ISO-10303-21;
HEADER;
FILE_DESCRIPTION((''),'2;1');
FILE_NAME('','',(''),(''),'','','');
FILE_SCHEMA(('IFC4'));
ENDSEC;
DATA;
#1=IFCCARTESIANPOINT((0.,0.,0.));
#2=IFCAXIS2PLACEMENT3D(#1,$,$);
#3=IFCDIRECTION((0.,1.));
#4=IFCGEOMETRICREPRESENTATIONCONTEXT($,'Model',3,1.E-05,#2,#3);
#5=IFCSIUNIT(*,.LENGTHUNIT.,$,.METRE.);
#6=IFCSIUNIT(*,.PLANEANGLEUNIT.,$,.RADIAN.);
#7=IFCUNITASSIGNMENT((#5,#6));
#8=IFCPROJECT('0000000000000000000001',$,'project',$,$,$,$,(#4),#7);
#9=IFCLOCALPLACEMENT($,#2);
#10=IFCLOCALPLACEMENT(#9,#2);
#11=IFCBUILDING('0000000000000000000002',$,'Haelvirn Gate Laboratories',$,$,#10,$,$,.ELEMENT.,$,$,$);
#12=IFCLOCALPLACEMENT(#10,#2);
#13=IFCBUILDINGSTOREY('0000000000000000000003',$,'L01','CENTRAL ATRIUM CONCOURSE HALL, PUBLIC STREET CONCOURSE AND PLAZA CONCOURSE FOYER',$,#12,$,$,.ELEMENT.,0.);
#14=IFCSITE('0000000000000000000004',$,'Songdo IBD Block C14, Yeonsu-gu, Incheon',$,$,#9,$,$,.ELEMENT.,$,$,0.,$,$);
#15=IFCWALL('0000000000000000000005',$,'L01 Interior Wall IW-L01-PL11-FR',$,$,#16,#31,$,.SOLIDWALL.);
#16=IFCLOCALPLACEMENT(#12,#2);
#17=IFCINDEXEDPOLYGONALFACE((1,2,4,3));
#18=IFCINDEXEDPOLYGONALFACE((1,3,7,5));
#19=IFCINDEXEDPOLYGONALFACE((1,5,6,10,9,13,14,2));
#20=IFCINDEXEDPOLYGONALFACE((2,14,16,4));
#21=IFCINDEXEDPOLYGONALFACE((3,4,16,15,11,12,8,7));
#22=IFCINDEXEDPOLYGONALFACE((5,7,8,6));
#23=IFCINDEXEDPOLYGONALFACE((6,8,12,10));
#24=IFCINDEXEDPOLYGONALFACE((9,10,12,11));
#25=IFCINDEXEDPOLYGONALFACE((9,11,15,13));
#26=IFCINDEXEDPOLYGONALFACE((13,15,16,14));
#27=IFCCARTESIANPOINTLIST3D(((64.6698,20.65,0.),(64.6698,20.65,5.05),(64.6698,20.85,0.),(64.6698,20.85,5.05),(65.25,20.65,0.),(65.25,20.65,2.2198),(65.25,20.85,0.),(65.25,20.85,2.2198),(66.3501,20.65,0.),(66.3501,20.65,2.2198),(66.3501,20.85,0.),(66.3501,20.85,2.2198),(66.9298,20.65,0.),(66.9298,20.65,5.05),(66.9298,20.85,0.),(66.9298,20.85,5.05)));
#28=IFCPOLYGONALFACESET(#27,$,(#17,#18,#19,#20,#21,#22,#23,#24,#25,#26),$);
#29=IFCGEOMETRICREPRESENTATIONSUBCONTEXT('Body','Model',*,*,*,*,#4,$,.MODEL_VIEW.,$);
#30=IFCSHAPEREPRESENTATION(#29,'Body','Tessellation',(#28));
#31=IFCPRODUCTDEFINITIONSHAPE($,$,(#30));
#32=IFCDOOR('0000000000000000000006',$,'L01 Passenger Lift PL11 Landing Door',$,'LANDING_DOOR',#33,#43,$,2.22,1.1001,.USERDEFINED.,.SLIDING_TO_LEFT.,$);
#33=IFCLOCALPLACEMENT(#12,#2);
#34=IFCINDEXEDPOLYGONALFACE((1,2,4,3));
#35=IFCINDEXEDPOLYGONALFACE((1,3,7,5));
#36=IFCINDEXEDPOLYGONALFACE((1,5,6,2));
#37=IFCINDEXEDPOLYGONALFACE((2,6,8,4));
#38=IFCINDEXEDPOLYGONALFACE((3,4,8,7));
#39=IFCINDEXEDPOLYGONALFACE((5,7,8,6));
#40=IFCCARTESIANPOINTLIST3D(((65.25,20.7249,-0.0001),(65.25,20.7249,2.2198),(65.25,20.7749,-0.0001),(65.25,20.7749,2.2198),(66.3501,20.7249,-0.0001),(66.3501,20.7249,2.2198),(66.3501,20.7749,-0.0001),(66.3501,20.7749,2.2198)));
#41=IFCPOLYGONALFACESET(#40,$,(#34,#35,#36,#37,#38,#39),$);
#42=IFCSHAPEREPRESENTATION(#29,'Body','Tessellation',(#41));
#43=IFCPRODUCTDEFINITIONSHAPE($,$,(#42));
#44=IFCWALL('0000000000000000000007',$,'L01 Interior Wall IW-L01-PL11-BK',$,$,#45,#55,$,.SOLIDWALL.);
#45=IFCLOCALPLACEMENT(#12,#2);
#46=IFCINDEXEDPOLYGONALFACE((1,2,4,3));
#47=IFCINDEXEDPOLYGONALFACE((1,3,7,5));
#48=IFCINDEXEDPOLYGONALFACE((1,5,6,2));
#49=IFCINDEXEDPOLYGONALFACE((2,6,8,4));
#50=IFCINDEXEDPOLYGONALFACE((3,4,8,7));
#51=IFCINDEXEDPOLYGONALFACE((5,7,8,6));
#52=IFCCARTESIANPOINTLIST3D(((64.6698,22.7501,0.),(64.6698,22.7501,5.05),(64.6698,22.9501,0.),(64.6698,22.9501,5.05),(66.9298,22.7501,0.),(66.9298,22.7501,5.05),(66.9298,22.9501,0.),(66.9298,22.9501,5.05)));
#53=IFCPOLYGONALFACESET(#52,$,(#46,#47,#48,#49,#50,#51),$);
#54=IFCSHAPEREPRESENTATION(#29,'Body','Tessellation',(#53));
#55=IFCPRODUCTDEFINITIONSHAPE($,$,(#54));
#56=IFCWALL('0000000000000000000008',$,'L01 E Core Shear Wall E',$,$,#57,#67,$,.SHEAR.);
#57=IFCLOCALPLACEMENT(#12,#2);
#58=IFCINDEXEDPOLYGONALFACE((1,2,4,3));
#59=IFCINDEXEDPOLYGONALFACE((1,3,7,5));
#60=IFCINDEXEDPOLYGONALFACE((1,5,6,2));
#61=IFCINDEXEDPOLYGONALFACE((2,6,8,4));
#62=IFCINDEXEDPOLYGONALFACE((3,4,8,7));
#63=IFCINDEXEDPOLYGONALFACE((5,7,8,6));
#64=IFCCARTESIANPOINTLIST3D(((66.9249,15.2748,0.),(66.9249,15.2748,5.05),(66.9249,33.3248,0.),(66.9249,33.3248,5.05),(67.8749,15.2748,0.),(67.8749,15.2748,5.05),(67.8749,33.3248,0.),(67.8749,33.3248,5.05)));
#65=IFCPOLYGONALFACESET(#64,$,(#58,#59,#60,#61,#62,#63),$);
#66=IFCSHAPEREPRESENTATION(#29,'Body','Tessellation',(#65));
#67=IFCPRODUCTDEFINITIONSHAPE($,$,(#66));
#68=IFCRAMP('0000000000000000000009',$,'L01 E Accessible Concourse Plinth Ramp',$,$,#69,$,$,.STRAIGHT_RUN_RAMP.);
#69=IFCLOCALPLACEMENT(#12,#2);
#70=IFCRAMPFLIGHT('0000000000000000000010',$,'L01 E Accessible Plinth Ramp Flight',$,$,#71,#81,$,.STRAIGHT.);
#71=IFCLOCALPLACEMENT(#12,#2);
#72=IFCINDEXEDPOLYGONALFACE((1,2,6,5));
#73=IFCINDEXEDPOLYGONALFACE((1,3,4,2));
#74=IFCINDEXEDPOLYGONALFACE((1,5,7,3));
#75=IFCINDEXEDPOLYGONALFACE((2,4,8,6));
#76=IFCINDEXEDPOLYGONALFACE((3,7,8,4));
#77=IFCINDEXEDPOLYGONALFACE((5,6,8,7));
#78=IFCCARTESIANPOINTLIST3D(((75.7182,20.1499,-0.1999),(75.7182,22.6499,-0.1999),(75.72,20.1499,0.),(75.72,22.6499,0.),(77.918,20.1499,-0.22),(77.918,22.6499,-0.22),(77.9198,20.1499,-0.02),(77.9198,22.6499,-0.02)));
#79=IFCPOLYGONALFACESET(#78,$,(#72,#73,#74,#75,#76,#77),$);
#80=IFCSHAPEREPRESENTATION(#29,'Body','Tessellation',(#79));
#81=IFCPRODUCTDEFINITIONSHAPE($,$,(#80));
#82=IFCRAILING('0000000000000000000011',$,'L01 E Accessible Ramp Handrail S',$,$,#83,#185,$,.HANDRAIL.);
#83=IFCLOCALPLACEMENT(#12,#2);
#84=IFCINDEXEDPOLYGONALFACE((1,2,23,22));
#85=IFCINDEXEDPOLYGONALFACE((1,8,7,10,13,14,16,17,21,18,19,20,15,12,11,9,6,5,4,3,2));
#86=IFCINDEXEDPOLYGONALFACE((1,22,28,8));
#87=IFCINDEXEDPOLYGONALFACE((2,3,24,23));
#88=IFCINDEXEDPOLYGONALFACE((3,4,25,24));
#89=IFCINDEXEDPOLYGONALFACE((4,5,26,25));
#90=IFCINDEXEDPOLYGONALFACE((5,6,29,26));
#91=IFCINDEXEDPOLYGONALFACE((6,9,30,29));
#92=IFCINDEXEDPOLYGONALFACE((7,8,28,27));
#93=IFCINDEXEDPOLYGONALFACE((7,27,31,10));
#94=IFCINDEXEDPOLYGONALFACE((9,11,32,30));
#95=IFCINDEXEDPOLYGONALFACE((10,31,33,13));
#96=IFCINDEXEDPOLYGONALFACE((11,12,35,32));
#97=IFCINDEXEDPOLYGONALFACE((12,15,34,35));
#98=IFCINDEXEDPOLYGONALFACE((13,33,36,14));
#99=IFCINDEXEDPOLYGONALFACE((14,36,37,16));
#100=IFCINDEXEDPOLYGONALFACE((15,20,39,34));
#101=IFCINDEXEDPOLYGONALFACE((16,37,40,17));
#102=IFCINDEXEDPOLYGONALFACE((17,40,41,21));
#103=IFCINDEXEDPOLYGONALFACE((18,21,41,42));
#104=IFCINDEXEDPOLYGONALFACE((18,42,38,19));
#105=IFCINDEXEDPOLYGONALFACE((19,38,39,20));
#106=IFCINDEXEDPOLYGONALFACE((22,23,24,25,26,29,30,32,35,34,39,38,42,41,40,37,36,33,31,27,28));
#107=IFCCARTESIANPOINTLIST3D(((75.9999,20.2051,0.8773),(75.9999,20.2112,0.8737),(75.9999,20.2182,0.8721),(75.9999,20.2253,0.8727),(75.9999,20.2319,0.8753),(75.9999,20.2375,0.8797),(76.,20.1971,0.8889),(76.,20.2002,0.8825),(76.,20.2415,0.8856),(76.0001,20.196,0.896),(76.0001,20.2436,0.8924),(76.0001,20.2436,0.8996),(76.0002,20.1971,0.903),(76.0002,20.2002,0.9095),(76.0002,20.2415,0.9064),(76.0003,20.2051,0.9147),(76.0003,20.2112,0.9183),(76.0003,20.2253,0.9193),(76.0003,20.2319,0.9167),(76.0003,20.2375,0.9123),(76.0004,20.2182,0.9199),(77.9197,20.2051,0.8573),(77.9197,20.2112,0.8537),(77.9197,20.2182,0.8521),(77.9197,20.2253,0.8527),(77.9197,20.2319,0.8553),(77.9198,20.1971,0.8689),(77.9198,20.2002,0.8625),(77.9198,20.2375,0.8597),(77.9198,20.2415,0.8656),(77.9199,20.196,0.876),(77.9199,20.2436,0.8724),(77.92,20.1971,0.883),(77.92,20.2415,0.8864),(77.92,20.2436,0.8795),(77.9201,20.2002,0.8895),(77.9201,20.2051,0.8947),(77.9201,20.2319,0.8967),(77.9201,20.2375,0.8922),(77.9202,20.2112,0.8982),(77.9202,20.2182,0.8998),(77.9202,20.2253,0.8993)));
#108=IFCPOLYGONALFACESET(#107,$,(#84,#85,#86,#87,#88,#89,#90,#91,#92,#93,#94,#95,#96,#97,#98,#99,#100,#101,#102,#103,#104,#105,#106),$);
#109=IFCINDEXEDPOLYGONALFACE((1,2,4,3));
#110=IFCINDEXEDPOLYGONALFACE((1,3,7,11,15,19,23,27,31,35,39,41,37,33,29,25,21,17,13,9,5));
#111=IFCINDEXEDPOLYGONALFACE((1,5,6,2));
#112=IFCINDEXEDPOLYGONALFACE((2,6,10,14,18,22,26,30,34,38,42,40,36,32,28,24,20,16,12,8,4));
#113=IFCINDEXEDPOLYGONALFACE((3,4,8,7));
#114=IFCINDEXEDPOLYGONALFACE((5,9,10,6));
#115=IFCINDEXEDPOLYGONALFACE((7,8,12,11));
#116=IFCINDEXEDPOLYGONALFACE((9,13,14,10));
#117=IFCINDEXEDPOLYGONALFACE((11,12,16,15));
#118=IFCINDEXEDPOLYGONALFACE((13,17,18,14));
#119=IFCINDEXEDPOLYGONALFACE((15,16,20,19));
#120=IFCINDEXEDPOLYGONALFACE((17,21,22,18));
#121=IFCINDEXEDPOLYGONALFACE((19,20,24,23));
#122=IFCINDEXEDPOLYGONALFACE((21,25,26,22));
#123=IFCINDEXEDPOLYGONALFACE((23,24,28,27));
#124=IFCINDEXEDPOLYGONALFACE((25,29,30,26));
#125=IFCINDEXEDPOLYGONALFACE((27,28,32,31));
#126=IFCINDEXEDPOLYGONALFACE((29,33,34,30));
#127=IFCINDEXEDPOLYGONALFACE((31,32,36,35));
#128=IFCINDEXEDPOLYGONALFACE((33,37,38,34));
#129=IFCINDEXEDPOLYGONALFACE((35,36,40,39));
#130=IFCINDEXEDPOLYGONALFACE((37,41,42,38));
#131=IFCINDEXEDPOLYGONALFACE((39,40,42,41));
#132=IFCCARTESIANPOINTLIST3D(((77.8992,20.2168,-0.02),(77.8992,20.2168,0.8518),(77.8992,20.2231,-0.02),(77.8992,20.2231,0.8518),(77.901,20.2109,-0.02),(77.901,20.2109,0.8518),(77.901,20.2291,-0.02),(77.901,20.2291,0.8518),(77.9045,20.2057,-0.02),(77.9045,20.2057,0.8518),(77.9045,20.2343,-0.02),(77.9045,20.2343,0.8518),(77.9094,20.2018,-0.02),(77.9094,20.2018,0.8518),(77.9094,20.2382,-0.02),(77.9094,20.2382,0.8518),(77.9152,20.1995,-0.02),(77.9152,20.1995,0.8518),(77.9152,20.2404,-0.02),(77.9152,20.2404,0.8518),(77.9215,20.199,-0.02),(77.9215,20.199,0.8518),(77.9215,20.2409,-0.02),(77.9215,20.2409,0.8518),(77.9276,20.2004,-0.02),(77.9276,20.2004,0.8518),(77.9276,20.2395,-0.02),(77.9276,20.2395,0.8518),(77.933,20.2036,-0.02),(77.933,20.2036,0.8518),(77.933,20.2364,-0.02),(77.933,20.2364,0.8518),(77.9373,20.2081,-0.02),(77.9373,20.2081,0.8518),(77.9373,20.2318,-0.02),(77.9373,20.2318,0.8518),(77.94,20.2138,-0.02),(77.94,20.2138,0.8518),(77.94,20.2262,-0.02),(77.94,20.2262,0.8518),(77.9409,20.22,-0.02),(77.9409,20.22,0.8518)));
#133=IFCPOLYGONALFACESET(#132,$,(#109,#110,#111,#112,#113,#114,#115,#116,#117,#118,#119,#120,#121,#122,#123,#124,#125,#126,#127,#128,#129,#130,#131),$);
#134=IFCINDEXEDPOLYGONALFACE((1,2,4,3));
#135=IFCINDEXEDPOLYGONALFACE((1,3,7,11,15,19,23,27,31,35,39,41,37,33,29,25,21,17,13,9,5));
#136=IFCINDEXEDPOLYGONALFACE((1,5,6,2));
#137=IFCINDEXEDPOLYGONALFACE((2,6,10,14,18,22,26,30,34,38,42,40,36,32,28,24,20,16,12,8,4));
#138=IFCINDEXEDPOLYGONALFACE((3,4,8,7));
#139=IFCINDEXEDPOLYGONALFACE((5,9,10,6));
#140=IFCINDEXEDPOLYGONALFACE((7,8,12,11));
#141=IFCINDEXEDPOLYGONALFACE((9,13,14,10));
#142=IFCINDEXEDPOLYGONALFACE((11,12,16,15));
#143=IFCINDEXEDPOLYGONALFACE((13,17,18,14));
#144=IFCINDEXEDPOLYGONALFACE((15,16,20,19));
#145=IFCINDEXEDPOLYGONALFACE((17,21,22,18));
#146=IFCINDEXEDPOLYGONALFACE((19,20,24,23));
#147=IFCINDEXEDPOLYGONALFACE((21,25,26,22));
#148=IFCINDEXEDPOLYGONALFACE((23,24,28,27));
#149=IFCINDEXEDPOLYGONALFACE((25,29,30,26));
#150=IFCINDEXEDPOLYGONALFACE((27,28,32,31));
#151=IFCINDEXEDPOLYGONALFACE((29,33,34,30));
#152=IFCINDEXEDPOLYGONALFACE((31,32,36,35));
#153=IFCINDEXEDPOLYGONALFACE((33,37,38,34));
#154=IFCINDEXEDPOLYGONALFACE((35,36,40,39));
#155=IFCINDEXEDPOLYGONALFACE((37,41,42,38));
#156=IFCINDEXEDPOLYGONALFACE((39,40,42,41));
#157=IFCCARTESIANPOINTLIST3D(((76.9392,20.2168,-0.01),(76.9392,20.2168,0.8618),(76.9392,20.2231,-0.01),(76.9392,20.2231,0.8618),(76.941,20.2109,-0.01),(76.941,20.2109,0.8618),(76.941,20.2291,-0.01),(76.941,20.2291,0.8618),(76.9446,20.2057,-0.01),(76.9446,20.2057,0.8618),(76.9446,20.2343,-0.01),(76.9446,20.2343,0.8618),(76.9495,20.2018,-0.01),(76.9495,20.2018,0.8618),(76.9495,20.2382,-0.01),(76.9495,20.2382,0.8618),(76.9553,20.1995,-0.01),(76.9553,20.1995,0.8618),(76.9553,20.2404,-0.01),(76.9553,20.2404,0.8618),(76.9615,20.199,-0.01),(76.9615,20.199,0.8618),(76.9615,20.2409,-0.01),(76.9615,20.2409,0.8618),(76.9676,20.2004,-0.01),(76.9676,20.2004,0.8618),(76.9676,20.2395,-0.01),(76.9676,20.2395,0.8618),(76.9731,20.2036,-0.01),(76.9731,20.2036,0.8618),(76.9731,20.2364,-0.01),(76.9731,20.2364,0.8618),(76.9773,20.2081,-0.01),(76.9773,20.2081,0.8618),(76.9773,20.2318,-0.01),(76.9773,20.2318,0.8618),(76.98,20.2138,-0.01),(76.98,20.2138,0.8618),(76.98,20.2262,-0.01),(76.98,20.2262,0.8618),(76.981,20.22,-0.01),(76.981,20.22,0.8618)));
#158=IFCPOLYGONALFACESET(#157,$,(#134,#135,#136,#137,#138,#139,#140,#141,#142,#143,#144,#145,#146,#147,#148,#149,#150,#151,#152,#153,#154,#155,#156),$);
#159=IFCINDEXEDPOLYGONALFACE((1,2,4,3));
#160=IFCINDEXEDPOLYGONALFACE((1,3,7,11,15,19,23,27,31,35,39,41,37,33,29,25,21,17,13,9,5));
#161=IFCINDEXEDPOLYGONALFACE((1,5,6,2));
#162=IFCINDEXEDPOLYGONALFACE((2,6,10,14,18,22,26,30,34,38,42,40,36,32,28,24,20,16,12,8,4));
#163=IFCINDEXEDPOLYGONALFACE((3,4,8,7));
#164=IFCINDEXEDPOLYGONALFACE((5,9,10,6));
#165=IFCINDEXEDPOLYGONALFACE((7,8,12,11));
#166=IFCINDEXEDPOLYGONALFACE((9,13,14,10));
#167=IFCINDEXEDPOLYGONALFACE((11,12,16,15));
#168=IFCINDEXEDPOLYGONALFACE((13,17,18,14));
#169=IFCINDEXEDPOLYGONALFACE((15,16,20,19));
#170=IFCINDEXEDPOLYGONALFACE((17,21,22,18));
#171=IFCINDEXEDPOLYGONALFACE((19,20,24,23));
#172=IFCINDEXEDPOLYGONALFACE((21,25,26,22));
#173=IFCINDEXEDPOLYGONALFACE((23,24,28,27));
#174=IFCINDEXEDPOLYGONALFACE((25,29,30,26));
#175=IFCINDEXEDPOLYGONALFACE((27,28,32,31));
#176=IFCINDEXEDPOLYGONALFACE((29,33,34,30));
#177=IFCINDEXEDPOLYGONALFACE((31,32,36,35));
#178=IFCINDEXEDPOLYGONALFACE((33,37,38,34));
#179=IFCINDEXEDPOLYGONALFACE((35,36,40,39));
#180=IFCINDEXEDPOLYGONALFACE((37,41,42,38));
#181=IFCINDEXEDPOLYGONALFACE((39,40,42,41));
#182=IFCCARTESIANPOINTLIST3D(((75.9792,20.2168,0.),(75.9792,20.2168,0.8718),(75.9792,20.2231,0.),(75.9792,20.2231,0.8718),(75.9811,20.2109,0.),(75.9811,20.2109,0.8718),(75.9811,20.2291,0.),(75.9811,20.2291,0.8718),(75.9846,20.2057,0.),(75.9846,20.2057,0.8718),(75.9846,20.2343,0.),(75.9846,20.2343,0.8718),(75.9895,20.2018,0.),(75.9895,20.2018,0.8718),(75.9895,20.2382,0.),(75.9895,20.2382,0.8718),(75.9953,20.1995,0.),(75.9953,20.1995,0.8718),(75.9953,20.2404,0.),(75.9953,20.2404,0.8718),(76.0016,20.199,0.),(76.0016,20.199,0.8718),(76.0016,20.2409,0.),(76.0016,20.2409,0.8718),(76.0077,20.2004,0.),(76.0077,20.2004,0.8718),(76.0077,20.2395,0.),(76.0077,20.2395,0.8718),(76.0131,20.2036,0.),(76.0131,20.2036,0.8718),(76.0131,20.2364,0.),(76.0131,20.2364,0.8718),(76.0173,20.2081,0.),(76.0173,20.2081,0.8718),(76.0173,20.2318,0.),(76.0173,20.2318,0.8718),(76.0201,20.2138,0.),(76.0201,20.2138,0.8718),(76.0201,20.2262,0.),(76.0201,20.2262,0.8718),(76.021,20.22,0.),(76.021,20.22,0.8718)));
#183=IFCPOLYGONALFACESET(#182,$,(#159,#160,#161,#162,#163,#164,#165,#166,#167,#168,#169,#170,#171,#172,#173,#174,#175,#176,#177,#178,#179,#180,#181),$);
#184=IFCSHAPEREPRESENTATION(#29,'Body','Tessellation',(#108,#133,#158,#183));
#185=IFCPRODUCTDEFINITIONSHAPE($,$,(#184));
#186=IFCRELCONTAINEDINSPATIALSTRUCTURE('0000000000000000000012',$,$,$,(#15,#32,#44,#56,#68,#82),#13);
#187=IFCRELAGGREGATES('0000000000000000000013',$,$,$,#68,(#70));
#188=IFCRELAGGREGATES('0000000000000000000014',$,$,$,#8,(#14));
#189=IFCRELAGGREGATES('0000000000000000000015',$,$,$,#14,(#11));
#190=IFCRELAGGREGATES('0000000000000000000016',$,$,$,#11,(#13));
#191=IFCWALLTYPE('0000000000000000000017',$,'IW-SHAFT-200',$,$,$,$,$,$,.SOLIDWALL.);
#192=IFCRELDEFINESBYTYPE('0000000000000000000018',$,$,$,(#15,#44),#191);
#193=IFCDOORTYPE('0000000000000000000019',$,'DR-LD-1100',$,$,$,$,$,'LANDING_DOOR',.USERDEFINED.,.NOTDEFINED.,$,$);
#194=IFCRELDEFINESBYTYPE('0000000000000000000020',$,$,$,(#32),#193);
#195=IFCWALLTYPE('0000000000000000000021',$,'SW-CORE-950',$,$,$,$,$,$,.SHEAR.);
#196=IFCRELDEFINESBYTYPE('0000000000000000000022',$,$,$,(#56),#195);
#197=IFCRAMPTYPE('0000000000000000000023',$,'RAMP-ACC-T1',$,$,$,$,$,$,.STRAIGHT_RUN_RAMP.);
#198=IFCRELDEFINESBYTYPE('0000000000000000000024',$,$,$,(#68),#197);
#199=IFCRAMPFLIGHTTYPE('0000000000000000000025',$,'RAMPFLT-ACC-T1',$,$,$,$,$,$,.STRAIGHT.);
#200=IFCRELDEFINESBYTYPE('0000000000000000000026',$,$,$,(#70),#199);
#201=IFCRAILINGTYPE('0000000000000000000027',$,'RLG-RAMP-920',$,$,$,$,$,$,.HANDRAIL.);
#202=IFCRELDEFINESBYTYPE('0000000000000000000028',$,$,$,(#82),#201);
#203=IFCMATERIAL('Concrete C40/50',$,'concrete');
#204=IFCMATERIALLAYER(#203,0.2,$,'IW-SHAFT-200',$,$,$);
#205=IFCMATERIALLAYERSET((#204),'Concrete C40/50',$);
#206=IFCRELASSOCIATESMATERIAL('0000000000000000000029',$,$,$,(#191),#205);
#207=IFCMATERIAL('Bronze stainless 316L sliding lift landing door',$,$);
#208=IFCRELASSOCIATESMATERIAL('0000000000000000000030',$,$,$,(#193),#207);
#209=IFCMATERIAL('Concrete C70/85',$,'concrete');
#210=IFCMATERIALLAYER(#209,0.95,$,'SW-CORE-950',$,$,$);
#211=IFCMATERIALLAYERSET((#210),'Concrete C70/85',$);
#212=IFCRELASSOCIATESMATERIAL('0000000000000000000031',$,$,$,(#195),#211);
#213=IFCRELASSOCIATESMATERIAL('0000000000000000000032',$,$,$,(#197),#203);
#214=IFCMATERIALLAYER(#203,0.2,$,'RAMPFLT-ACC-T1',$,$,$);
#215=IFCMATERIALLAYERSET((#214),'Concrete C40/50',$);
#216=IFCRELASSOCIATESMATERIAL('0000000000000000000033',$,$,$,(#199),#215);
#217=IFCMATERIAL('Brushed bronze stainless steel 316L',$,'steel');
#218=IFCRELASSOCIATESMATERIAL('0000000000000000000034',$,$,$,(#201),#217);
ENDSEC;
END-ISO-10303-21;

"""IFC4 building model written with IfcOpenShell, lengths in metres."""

from ifc_helpers import new_model, si_unit, direction, frame, frame_2d, origin, origin_2d, place, context, subcontext, project, spatial, polyline, rectangle, circle, outline, extrude, source, transform, mapped, material, layer, layer_set, type_object, type_shapes, element, fill, aggregate, save


model = new_model("IFC4")

# Units and contexts
model_context = context("Model", 3, precision=1e-05, world=origin(), true_north=direction((0.0, 1.0)))
body_context = subcontext(model_context, "Body", "Model", "MODEL_VIEW")
ifc_project = project(units=[si_unit("LENGTHUNIT", "METRE"), si_unit("PLANEANGLEUNIT", "RADIAN")], contexts=[model_context])

# Site, building, storey
site_placement = place(None, origin())
site = spatial("IfcSite", under=ifc_project, at=site_placement, Name="Songdo IBD Block C14, Yeonsu-gu, Incheon", CompositionType="ELEMENT", RefElevation=0.0)
building_placement = place(site_placement, origin())
building = spatial("IfcBuilding", under=site, at=building_placement, Name="Haelvirn Gate Laboratories", CompositionType="ELEMENT")
storey_placement = place(building_placement, origin())
storey = spatial("IfcBuildingStorey", under=building, at=storey_placement, Name="L01", Description="CENTRAL ATRIUM CONCOURSE HALL, PUBLIC STREET CONCOURSE AND PLAZA CONCOURSE FOYER", CompositionType="ELEMENT", Elevation=0.0)

# Shared definitions
ifc_material_1 = material(Name="Concrete C70/85", Category="concrete")

# Shared definitions
ifc_material_2 = material(Name="Concrete C40/50", Category="concrete")

# Shared definitions
ifc_layer_1 = layer(ifc_material_2, 0.2, Name="IW-SHAFT-200")
ifc_layer_set_1 = layer_set([ifc_layer_1], Name="Concrete C40/50")
wall_type_1 = type_object("IfcWallType", Name="IW-SHAFT-200", PredefinedType="SOLIDWALL", material=ifc_layer_set_1)
ifc_material_3 = material(Name="Bronze stainless 316L sliding lift landing door")
door_type_1 = type_object("IfcDoorType", Name="DR-LD-1100", ElementType="LANDING_DOOR", OperationType="NOTDEFINED", PredefinedType="USERDEFINED", material=ifc_material_3)
shared_shape_1 = source(origin(), body_context, "Body", "SweptSolid", [
    extrude(rectangle(XDim=1.1001, YDim=2.22, at=frame_2d((0.55, 1.1099))), frame((0.0, 0.0249, 0.0), z_axis=(0.0, -1.0, 0.0), x_axis=(1.0, 0.0, 0.0)), (0.0, 0.0, 1.0), 0.05),
])
type_shapes(door_type_1, [shared_shape_1])

# Wall, opening, door
wall_1_placement = place(storey_placement, frame((64.6699, 20.75, 0.0), z_axis=(0.0, 0.0, 1.0), x_axis=(1.0, 0.0, 0.0)))
wall_1 = element("IfcWall", 1, at=wall_1_placement, inside=storey, type_object=wall_type_1, Name="L01 Interior Wall IW-L01-PL11-FR", PredefinedType="SOLIDWALL", context=body_context, shape_type="SweptSolid", body=[
    extrude(rectangle(XDim=2.26, YDim=0.2, at=frame_2d((1.1299, 0.0))), origin(), (0.0, 0.0, 1.0), 5.05),
])
opening_1_placement = place(wall_1_placement, frame((0.5801, 0.0, 0.0)))
opening_1 = element("IfcOpeningElement", 2, at=opening_1_placement, cuts=wall_1, PredefinedType="OPENING", context=body_context, shape_type="SweptSolid", body=[
    extrude(rectangle(XDim=1.1001, YDim=2.22, at=frame_2d((0.55, 1.1099))), frame((0.0, 0.1099, 0.0), z_axis=(0.0, -1.0, 0.0), x_axis=(1.0, 0.0, 0.0)), (0.0, 0.0, 1.0), 0.22),
])
door_1_placement = place(opening_1_placement, origin())
door_1 = element("IfcDoor", 3, at=door_1_placement, inside=storey, type_object=door_type_1, Name="L01 Passenger Lift PL11 Landing Door", ObjectType="LANDING_DOOR", OperationType="SLIDING_TO_LEFT", OverallHeight=2.22, OverallWidth=1.1001, PredefinedType="USERDEFINED", context=body_context, shape_type="MappedRepresentation", body=[
    mapped(shared_shape_1, transform((0.0, 0.0, 0.0), scale=1.0)),
])
fill(opening_1, door_1)

# Walls
wall_2_placement = place(storey_placement, frame((64.6699, 22.8501, 0.0), z_axis=(0.0, 0.0, 1.0), x_axis=(1.0, 0.0, 0.0)))
element("IfcWall", 4, at=wall_2_placement, inside=storey, type_object=wall_type_1, Name="L01 Interior Wall IW-L01-PL11-BK", PredefinedType="SOLIDWALL", context=body_context, shape_type="SweptSolid", body=[
    extrude(rectangle(XDim=2.26, YDim=0.2, at=frame_2d((1.1299, 0.0))), origin(), (0.0, 0.0, 1.0), 5.05),
])
ifc_layer_2 = layer(ifc_material_1, 0.95, Name="SW-CORE-950")
ifc_layer_set_2 = layer_set([ifc_layer_2], Name="Concrete C70/85")
wall_type_2 = type_object("IfcWallType", Name="SW-CORE-950", PredefinedType="SHEAR", material=ifc_layer_set_2)
wall_3_placement = place(storey_placement, frame((67.3999, 15.2749, 0.0), z_axis=(0.0, 0.0, 1.0), x_axis=(0.0, 1.0, 0.0)))
element("IfcWall", 5, at=wall_3_placement, inside=storey, type_object=wall_type_2, Name="L01 E Core Shear Wall E", PredefinedType="SHEAR", context=body_context, shape_type="SweptSolid", body=[
    extrude(rectangle(XDim=18.05, YDim=0.95, at=frame_2d((9.0249, 0.0))), origin(), (0.0, 0.0, 1.0), 5.05),
])

# Ramp, ramp flight
ramp_type = type_object("IfcRampType", Name="RAMP-ACC-T1", PredefinedType="STRAIGHT_RUN_RAMP", material=ifc_material_2)
ramp_placement = place(storey_placement, origin())
ramp = element("IfcRamp", 6, at=ramp_placement, inside=storey, type_object=ramp_type, Name="L01 E Accessible Concourse Plinth Ramp", PredefinedType="STRAIGHT_RUN_RAMP")
ifc_layer_3 = layer(ifc_material_2, 0.2, Name="RAMPFLT-ACC-T1")
ifc_layer_set_3 = layer_set([ifc_layer_3], Name="Concrete C40/50")
ramp_flight_type = type_object("IfcRampFlightType", Name="RAMPFLT-ACC-T1", PredefinedType="STRAIGHT", material=ifc_layer_set_3)
ramp_flight_placement = place(storey_placement, frame((75.72, 20.1499, 0.0), z_axis=(0.0091, 0.0, 0.999959), x_axis=(0.999959, 0.0, -0.0091)))
ramp_flight = element("IfcRampFlight", 7, at=ramp_flight_placement, type_object=ramp_flight_type, Name="L01 E Accessible Plinth Ramp Flight", PredefinedType="STRAIGHT", context=body_context, shape_type="SweptSolid", body=[
    extrude(outline(polyline([(0.0, 0.0), (2.2, 0.0), (2.2, 2.5), (0.0, 2.5), (0.0, 0.0)])), origin(), (0.0, 0.0, -1.0), 0.2),
])
aggregate(ramp, [ramp_flight])

# Railing
ifc_material_4 = material(Name="Brushed bronze stainless steel 316L", Category="steel")
railing_type = type_object("IfcRailingType", Name="RLG-RAMP-920", PredefinedType="HANDRAIL", material=ifc_material_4)
shared_shape_2 = source(origin(), body_context, "Body", "SweptSolid", [
    extrude(circle(Radius=0.0239, at=origin_2d()), frame((0.0, 0.0, 0.896), z_axis=(-0.999946, 0.0, 0.010427), x_axis=(0.0, -1.0, 0.0)), (0.0, 0.0, 1.0), 1.9199),
    extrude(circle(Radius=0.021, at=origin_2d()), origin(), (0.0, 0.0, 1.0), 0.8718),
    extrude(circle(Radius=0.021, at=origin_2d()), frame((-0.96, 0.0, 0.01)), (0.0, 0.0, 1.0), 0.8718),
    extrude(circle(Radius=0.021, at=origin_2d()), frame((-1.9199, 0.0, 0.02)), (0.0, 0.0, 1.0), 0.8718),
])
type_shapes(railing_type, [shared_shape_2])
for number, where, name in (
    (8, (77.9199, 20.22, -0.02), "L01 E Accessible Ramp Handrail S"),
):
    element("IfcRailing", number, at=place(storey_placement, frame(where)), inside=storey, type_object=railing_type, Name=name, PredefinedType="HANDRAIL", context=body_context, shape_type="MappedRepresentation", body=[
        mapped(shared_shape_2, transform((0.0, 0.0, 0.0), scale=1.0)),
    ])

save(model, "model.ifc")
